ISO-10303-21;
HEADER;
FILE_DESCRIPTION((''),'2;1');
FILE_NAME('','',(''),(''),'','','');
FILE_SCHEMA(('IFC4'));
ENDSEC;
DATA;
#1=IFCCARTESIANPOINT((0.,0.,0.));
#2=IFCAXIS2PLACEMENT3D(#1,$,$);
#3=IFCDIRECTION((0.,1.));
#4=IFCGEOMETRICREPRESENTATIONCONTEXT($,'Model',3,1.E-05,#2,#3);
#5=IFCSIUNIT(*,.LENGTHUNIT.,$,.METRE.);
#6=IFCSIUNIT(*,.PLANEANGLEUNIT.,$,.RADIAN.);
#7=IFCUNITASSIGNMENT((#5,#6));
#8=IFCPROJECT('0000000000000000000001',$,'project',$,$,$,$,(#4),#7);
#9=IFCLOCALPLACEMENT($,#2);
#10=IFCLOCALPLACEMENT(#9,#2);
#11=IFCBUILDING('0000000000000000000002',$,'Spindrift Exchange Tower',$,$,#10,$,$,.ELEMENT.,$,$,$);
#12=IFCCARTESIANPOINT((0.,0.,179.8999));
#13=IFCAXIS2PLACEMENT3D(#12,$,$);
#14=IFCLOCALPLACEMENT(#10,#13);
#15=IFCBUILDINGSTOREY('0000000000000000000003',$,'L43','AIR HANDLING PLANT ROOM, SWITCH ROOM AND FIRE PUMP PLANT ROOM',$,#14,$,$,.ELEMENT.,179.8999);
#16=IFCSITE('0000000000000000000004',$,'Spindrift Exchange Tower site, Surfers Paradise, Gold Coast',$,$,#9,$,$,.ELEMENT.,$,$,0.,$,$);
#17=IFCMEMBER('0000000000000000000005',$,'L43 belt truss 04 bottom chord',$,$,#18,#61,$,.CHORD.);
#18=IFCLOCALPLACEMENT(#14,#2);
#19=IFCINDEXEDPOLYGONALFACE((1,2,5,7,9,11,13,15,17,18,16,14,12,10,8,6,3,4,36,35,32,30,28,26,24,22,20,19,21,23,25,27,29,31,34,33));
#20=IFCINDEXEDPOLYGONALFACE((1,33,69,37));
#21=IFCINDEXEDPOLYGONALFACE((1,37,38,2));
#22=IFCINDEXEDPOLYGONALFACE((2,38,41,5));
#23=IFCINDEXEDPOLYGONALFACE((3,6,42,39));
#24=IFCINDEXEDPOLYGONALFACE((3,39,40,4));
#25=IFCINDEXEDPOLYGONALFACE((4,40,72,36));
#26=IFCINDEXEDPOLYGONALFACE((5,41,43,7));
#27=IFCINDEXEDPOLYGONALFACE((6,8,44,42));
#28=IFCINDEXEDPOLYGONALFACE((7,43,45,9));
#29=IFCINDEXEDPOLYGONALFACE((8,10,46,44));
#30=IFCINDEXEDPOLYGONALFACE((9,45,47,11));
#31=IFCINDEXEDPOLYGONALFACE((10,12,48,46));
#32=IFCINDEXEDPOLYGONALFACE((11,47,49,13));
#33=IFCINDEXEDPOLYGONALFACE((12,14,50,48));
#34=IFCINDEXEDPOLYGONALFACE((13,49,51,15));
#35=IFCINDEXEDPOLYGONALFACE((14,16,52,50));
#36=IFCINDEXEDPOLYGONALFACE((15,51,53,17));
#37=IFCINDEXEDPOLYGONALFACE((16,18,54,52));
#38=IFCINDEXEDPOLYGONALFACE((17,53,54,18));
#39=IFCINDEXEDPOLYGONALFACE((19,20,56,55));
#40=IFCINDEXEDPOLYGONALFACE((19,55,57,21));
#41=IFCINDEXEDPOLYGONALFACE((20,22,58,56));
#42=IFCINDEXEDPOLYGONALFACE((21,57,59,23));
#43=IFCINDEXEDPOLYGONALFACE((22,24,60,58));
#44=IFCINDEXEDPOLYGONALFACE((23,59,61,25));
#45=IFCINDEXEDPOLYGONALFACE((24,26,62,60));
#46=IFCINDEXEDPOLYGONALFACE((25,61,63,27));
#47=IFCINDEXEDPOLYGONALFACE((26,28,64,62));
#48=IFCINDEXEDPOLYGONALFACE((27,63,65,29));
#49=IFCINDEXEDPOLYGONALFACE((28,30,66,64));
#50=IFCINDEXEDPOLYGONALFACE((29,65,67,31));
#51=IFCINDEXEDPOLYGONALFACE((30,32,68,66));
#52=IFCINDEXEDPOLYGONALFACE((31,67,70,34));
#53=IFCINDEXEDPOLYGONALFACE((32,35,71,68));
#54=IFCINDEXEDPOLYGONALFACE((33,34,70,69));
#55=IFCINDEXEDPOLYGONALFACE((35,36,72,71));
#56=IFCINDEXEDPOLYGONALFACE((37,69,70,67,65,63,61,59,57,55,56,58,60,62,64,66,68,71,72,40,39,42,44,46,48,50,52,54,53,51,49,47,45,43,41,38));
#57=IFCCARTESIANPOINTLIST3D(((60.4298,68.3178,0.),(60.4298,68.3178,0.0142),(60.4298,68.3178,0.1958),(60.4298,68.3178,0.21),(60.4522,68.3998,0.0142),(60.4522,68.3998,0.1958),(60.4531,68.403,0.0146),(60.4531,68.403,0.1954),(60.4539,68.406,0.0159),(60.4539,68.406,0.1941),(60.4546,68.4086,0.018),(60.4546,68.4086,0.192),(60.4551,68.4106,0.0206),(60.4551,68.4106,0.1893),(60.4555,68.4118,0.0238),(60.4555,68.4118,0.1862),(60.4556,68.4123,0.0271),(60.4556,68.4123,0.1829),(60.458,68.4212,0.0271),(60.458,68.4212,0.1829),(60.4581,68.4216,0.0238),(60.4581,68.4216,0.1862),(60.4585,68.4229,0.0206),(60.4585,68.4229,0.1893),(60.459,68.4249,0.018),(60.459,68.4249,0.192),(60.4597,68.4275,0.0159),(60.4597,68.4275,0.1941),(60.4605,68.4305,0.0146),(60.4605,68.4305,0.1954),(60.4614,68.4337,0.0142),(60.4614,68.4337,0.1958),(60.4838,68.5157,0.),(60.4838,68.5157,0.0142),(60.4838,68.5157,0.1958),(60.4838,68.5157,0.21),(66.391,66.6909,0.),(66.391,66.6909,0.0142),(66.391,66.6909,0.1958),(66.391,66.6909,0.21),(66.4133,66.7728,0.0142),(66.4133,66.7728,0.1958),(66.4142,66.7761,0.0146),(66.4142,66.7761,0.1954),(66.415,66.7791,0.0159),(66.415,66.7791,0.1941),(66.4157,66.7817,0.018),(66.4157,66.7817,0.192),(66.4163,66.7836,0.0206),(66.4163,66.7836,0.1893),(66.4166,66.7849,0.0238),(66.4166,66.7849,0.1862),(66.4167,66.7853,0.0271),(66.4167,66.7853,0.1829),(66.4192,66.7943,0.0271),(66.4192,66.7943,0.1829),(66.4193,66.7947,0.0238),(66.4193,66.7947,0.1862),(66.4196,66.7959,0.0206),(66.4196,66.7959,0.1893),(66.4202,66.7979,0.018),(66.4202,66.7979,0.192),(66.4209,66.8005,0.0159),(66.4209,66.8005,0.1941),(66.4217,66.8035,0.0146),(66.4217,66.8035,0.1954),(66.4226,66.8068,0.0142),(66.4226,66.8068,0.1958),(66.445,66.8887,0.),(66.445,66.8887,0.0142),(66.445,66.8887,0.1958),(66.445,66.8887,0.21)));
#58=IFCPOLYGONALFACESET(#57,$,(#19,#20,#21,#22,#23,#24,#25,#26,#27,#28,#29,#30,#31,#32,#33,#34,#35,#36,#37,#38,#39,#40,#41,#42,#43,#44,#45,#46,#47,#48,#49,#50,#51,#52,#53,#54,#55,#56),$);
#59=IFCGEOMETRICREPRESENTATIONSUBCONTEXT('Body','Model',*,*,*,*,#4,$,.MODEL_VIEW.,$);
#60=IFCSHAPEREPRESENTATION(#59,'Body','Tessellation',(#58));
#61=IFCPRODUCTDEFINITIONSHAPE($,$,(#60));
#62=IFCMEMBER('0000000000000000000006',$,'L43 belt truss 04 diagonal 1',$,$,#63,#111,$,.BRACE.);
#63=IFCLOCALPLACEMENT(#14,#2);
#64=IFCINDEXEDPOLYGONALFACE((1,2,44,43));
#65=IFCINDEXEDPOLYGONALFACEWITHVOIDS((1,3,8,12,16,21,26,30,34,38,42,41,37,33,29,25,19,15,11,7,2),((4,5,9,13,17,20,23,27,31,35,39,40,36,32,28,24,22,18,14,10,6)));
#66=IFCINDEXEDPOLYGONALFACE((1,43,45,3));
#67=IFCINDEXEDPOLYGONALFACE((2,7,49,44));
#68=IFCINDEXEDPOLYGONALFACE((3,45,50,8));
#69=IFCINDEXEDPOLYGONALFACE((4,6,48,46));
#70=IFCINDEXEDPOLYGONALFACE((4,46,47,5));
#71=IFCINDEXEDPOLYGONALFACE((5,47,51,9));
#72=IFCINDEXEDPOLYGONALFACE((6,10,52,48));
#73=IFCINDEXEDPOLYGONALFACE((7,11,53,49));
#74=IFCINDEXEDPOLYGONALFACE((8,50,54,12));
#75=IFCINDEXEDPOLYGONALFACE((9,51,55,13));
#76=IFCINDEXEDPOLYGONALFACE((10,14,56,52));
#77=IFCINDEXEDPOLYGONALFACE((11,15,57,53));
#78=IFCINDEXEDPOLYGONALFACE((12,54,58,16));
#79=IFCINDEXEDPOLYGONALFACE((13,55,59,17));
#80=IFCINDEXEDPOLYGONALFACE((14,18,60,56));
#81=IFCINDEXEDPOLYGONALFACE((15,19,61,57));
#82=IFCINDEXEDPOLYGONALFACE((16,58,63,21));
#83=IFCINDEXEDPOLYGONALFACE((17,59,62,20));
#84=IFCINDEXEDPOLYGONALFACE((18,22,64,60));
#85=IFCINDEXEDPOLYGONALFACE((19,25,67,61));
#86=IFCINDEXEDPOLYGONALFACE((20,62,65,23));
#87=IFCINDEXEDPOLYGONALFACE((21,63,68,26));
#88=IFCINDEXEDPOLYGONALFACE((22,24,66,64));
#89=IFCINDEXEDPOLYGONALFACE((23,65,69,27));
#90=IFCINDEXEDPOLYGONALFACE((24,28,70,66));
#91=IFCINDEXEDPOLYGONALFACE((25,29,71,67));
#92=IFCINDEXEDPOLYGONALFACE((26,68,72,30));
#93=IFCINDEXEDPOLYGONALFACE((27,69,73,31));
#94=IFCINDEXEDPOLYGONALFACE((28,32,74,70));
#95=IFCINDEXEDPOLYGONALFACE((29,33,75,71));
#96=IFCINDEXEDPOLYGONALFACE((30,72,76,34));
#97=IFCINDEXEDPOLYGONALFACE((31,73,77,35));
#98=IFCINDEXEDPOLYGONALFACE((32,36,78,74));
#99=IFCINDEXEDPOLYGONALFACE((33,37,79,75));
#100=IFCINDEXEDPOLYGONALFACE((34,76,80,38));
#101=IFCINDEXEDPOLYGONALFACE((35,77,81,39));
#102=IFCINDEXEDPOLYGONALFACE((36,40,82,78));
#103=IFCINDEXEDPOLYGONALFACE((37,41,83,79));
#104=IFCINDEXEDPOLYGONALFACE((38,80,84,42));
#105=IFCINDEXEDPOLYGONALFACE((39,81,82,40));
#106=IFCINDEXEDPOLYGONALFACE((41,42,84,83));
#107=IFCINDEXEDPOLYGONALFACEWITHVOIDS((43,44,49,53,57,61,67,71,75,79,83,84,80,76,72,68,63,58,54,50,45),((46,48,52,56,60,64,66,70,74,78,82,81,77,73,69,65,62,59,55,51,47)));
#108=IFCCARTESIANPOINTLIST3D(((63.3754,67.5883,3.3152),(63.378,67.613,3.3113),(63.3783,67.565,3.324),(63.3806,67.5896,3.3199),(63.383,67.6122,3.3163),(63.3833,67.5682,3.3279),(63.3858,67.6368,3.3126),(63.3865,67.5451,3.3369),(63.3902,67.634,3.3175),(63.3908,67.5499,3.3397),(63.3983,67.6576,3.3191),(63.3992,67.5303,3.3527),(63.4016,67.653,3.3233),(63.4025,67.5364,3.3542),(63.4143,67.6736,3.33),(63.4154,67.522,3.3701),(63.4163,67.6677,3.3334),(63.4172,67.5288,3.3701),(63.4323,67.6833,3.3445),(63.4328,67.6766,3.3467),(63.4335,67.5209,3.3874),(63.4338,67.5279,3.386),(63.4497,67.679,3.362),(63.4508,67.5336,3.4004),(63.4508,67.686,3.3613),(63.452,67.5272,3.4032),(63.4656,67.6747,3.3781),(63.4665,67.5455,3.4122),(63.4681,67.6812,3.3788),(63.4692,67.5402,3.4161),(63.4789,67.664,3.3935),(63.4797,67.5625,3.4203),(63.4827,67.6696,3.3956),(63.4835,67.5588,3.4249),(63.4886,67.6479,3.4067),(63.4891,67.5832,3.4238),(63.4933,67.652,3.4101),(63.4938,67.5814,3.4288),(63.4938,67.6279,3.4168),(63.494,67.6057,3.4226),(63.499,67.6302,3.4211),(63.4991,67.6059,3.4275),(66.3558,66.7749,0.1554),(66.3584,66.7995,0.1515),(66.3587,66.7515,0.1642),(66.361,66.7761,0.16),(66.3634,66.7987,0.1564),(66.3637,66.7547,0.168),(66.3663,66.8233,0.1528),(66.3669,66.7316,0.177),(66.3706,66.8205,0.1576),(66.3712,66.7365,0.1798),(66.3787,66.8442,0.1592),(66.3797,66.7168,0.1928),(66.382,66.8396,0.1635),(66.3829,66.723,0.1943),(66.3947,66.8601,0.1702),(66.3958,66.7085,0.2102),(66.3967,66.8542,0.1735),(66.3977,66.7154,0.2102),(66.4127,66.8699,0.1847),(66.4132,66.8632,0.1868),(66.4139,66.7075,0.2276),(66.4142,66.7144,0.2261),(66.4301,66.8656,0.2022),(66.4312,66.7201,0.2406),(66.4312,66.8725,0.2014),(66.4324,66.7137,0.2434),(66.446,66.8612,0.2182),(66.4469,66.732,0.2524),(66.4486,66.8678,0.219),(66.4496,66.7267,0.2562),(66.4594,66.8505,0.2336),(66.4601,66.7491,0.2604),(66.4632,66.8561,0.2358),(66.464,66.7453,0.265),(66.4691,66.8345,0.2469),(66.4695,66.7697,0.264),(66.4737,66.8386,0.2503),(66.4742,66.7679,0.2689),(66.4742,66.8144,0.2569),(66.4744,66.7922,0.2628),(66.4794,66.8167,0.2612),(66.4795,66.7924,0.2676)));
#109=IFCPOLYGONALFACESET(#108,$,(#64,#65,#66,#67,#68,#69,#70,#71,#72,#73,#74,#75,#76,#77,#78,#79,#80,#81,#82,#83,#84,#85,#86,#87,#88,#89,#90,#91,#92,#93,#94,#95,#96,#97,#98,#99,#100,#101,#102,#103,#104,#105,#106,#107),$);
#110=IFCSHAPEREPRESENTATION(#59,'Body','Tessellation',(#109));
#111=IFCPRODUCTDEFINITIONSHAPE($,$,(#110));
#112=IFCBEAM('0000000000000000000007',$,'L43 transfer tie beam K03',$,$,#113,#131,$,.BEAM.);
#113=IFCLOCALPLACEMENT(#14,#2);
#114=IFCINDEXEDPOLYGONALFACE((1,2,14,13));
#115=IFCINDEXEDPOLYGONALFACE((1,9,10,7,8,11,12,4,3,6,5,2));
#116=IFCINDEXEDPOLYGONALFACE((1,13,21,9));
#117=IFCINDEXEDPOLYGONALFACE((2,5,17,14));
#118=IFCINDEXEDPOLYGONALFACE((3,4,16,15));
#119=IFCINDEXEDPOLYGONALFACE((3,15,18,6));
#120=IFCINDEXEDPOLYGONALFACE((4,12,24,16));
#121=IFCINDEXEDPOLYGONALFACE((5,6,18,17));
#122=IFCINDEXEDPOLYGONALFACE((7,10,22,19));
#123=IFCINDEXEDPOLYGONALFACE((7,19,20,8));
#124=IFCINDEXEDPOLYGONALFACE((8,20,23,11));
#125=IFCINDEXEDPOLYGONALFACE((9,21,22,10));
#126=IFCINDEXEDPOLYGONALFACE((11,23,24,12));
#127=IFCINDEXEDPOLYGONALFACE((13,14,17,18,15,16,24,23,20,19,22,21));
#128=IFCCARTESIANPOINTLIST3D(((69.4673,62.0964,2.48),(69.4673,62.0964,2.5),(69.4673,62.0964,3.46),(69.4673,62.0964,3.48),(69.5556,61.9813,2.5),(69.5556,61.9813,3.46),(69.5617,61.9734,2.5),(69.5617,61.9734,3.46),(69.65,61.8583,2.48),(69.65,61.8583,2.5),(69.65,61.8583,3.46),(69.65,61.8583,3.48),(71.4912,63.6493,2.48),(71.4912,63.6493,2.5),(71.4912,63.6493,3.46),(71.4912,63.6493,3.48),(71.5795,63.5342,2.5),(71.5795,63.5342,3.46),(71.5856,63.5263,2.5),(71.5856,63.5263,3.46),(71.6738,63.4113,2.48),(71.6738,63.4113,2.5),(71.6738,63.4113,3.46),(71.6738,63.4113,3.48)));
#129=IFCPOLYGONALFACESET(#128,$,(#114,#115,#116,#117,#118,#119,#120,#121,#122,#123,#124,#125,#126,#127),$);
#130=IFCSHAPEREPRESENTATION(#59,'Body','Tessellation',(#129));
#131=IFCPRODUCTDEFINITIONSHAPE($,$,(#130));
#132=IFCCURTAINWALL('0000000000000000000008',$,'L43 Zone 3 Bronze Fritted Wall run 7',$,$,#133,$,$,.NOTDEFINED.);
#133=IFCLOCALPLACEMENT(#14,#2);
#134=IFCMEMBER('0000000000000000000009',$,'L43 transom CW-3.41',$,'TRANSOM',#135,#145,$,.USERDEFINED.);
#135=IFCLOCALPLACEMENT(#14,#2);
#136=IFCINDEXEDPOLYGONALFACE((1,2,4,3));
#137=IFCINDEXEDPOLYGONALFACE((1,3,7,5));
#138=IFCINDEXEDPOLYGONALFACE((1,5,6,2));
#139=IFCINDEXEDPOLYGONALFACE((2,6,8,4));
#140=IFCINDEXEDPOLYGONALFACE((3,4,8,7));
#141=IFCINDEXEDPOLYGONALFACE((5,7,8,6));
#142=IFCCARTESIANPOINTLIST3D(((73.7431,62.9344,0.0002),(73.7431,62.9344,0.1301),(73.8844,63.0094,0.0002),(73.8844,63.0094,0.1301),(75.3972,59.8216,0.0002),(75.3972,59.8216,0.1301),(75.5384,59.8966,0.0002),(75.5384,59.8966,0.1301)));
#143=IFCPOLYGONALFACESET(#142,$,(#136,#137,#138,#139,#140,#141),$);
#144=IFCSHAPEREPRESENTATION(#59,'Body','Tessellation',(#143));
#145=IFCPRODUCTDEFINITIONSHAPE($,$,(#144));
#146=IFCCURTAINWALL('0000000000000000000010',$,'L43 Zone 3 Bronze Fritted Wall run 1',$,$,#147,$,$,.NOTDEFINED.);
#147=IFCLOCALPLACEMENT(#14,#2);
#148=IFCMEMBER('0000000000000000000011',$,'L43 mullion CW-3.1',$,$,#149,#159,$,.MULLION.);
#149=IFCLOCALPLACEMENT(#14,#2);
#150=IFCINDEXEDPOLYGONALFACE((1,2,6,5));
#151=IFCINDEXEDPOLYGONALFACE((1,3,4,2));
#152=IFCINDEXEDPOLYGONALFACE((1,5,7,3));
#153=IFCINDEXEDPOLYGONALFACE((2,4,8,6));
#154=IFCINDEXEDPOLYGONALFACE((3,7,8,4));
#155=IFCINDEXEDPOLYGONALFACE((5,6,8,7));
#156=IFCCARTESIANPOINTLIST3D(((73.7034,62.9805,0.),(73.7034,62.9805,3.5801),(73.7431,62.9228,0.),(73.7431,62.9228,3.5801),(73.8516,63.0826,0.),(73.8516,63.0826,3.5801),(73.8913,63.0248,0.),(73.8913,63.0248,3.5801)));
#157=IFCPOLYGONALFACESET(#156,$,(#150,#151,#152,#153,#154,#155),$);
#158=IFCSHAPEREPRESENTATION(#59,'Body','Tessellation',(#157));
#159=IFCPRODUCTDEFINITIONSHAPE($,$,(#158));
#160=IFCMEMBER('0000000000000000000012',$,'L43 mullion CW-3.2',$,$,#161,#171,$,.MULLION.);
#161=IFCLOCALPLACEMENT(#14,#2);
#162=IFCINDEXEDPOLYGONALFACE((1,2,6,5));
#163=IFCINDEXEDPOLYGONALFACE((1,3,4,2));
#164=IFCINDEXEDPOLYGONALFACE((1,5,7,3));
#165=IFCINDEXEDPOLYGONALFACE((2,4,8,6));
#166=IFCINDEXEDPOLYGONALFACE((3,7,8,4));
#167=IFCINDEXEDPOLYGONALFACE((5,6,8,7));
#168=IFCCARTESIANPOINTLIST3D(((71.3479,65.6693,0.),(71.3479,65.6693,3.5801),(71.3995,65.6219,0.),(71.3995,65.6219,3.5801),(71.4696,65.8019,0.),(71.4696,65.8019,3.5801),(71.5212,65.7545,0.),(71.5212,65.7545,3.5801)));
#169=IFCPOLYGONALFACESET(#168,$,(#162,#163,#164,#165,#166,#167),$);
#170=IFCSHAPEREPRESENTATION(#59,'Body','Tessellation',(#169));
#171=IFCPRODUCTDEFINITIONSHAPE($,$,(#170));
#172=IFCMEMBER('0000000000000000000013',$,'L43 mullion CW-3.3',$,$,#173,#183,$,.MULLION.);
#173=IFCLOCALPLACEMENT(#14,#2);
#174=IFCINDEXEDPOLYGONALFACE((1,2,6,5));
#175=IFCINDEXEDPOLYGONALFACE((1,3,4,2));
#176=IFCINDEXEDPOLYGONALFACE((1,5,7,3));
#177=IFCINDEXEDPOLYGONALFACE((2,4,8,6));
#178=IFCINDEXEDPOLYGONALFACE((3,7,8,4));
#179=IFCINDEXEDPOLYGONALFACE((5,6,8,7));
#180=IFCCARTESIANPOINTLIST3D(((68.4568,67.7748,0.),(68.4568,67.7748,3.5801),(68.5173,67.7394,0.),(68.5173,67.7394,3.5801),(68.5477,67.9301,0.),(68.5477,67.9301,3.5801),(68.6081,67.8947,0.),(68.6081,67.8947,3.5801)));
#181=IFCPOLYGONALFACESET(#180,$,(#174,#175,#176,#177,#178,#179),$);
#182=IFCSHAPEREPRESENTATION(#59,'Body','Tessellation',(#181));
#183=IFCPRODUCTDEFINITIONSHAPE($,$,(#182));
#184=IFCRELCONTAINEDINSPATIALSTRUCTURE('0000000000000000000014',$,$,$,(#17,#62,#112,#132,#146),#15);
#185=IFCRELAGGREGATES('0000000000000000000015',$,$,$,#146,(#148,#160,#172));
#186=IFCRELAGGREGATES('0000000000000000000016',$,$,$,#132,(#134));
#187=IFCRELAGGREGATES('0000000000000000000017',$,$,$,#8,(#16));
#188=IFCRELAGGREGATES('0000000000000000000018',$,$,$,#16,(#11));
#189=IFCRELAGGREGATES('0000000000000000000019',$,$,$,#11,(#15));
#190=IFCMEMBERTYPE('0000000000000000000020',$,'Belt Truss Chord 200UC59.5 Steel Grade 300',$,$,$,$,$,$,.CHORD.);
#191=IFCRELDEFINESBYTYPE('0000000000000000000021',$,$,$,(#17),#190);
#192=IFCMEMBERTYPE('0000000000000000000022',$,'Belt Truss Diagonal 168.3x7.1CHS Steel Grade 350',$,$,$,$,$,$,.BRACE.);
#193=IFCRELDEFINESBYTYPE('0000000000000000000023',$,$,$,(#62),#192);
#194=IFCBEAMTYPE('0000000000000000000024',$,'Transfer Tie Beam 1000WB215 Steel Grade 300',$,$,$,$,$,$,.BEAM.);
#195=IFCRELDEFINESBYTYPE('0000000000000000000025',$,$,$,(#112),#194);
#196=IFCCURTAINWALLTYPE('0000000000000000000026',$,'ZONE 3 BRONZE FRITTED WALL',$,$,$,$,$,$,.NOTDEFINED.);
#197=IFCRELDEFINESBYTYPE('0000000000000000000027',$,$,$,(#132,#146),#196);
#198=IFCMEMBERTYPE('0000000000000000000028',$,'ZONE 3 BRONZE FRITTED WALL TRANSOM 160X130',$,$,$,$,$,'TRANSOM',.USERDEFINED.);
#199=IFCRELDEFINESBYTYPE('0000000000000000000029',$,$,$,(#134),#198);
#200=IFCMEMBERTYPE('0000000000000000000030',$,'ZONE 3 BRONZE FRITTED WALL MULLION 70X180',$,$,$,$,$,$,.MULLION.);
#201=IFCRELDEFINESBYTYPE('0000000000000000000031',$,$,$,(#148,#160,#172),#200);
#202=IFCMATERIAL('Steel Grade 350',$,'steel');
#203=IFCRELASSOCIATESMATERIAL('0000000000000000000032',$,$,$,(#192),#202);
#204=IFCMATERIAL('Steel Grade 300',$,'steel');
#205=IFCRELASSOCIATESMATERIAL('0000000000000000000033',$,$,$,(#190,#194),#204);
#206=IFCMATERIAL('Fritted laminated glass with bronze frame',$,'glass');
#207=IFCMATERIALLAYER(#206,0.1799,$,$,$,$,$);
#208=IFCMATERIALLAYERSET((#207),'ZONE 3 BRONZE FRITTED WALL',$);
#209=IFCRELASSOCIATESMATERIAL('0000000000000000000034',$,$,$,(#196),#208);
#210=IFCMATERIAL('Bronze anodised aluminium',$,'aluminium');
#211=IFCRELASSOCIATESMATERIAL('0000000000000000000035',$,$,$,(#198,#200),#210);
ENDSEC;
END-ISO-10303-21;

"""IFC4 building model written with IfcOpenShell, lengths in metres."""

from ifc_helpers import new_model, si_unit, direction, frame, origin, origin_2d, place, context, subcontext, project, spatial, rectangle, hollow_circle, i_section, extrude, source, transform, mapped, material, layer, layer_set, material_profile, profile_set, type_object, element, aggregate, save


model = new_model("IFC4")

# Units and contexts
model_context = context("Model", 3, precision=1e-05, world=origin(), true_north=direction((0.0, 1.0)))
body_context = subcontext(model_context, "Body", "Model", "MODEL_VIEW")
ifc_project = project(units=[si_unit("LENGTHUNIT", "METRE"), si_unit("PLANEANGLEUNIT", "RADIAN")], contexts=[model_context])

# Site, building, storey
site_placement = place(None, origin())
site = spatial("IfcSite", under=ifc_project, at=site_placement, Name="Spindrift Exchange Tower site, Surfers Paradise, Gold Coast", CompositionType="ELEMENT", RefElevation=0.0)
building_placement = place(site_placement, origin())
building = spatial("IfcBuilding", under=site, at=building_placement, Name="Spindrift Exchange Tower", CompositionType="ELEMENT")
storey_placement = place(building_placement, frame((0.0, 0.0, 179.8999)))
storey = spatial("IfcBuildingStorey", under=building, at=storey_placement, Name="L43", Description="AIR HANDLING PLANT ROOM, SWITCH ROOM AND FIRE PUMP PLANT ROOM", CompositionType="ELEMENT", Elevation=179.8999)

# Shared definitions
ifc_material_1 = material(Name="Steel Grade 300", Category="steel")

# Members
ifc_material_2 = material(Name="Steel Grade 350", Category="steel")
ifc_material_profile_1 = material_profile(ifc_material_2, hollow_circle(Radius=0.0842, WallThickness=0.0071, at=origin_2d()), Name="168.3x7.1CHS")
ifc_profile_set_1 = profile_set([ifc_material_profile_1], Name="Steel Grade 350")
member_type_1 = type_object("IfcMemberType", Name="Belt Truss Diagonal 168.3x7.1CHS Steel Grade 350", PredefinedType="BRACE", material=ifc_profile_set_1)
ifc_material_profile_2 = material_profile(ifc_material_1, i_section(OverallWidth=0.2051, OverallDepth=0.21, WebThickness=0.0093, FlangeThickness=0.0142, FilletRadius=0.0129, at=origin_2d()), Name="200UC59.5")
ifc_profile_set_2 = profile_set([ifc_material_profile_2], Name="Steel Grade 300")
member_type_2 = type_object("IfcMemberType", Name="Belt Truss Chord 200UC59.5 Steel Grade 300", PredefinedType="CHORD", material=ifc_profile_set_2)
shared_shape_1 = source(origin(), body_context, "Body", "SweptSolid", [
    extrude(i_section(OverallWidth=0.2051, OverallDepth=0.21, WebThickness=0.0093, FlangeThickness=0.0142, FilletRadius=0.0129, at=origin_2d()), origin(), (0.0, 0.0, 1.0), 6.1792),
])
for number, where, z_axis, x_axis, name in (
    (1, (66.418, 66.7898, 0.105), (-0.964715, 0.263295, 0.0), (-0.263295, -0.964715, 0.0), "L43 belt truss 04 bottom chord"),
):
    element("IfcMember", number, at=place(storey_placement, frame(where, z_axis=z_axis, x_axis=x_axis)), inside=storey, type_object=member_type_2, Name=name, PredefinedType="CHORD", context=body_context, shape_type="MappedRepresentation", body=[
        mapped(shared_shape_1, transform((0.0, 0.0, 0.0), scale=1.0)),
    ])
shared_shape_2 = source(origin(), body_context, "Body", "SweptSolid", [
    extrude(hollow_circle(Radius=0.0842, WallThickness=0.0071, at=origin_2d()), origin(), (0.0, 0.0, 1.0), 4.4192),
])
member_1_placement = place(storey_placement, frame((66.418, 66.7898, 0.2102), z_axis=(-0.674425, 0.184075, 0.71503), x_axis=(-0.263305, -0.964713, 0.0)))
element("IfcMember", 2, at=member_1_placement, inside=storey, type_object=member_type_1, Name="L43 belt truss 04 diagonal 1", PredefinedType="BRACE", context=body_context, shape_type="MappedRepresentation", body=[
    mapped(shared_shape_2, transform((0.0, 0.0, 0.0), scale=1.0)),
])

# Beam
ifc_material_profile_3 = material_profile(ifc_material_1, i_section(OverallWidth=0.3, OverallDepth=1.0, WebThickness=0.01, FlangeThickness=0.02, at=origin_2d()), Name="1000WB215")
ifc_profile_set_3 = profile_set([ifc_material_profile_3], Name="Steel Grade 300")
beam_type_1 = type_object("IfcBeamType", Name="Transfer Tie Beam 1000WB215 Steel Grade 300", PredefinedType="BEAM", material=ifc_profile_set_3)
shared_shape_3 = source(origin(), body_context, "Body", "SweptSolid", [
    extrude(i_section(OverallWidth=0.3, OverallDepth=1.0, WebThickness=0.01, FlangeThickness=0.02, at=origin_2d()), origin(), (0.0, 0.0, 1.0), 2.551),
])
beam_1_placement = place(storey_placement, frame((71.5825, 63.5303, 2.98), z_axis=(-0.79336, -0.608753, 0.0), x_axis=(0.608753, -0.79336, 0.0)))
element("IfcBeam", 3, at=beam_1_placement, inside=storey, type_object=beam_type_1, Name="L43 transfer tie beam K03", PredefinedType="BEAM", context=body_context, shape_type="MappedRepresentation", body=[
    mapped(shared_shape_3, transform((0.0, 0.0, 0.0), scale=1.0)),
])

# Curtain wall, member
ifc_material_3 = material(Name="Fritted laminated glass with bronze frame", Category="glass")
ifc_layer_1 = layer(ifc_material_3, 0.1799)
ifc_layer_set_1 = layer_set([ifc_layer_1], Name="ZONE 3 BRONZE FRITTED WALL")
curtain_wall_type = type_object("IfcCurtainWallType", Name="ZONE 3 BRONZE FRITTED WALL", PredefinedType="NOTDEFINED", material=ifc_layer_set_1)
curtain_wall_1_placement = place(storey_placement, origin())
curtain_wall_1 = element("IfcCurtainWall", 4, at=curtain_wall_1_placement, inside=storey, type_object=curtain_wall_type, Name="L43 Zone 3 Bronze Fritted Wall run 7", PredefinedType="NOTDEFINED")
ifc_material_4 = material(Name="Bronze anodised aluminium", Category="aluminium")
ifc_material_profile_4 = material_profile(ifc_material_4, rectangle(XDim=0.1599, YDim=0.1299, at=origin_2d()), Name="ZONE 3 BRONZE FRITTED WALL TRANSOM 160X130")
ifc_profile_set_4 = profile_set([ifc_material_profile_4], Name="Bronze anodised aluminium")
member_type_3 = type_object("IfcMemberType", Name="ZONE 3 BRONZE FRITTED WALL TRANSOM 160X130", ElementType="TRANSOM", PredefinedType="USERDEFINED", material=ifc_profile_set_4)
shared_shape_4 = source(origin(), body_context, "Body", "SweptSolid", [
    extrude(rectangle(XDim=0.1599, YDim=0.1299, at=origin_2d()), origin(), (0.0, 0.0, 1.0), 3.5249),
])
member_2_placement = place(storey_placement, frame((75.4678, 59.8591, 0.0652), z_axis=(-0.46924, 0.883071, 0.0), x_axis=(-0.883071, -0.46924, 0.0)))
member_2 = element("IfcMember", 5, at=member_2_placement, type_object=member_type_3, Name="L43 transom CW-3.41", ObjectType="TRANSOM", PredefinedType="USERDEFINED", context=body_context, shape_type="MappedRepresentation", body=[
    mapped(shared_shape_4, transform((0.0, 0.0, 0.0), scale=1.0)),
])

# Curtain wall, members
curtain_wall_2_placement = place(storey_placement, origin())
curtain_wall_2 = element("IfcCurtainWall", 6, at=curtain_wall_2_placement, inside=storey, type_object=curtain_wall_type, Name="L43 Zone 3 Bronze Fritted Wall run 1", PredefinedType="NOTDEFINED")
ifc_material_profile_5 = material_profile(ifc_material_4, rectangle(XDim=0.0701, YDim=0.1799, at=origin_2d()), Name="ZONE 3 BRONZE FRITTED WALL MULLION 70X180")
ifc_profile_set_5 = profile_set([ifc_material_profile_5], Name="Bronze anodised aluminium")
member_type_4 = type_object("IfcMemberType", Name="ZONE 3 BRONZE FRITTED WALL MULLION 70X180", PredefinedType="MULLION", material=ifc_profile_set_5)
shared_shape_5 = source(origin(), body_context, "Body", "SweptSolid", [
    extrude(rectangle(XDim=0.0701, YDim=0.1799, at=origin_2d()), origin(), (0.0, 0.0, 1.0), 3.5801),
])
member_3_placement = place(storey_placement, frame((73.7974, 63.0027, 0.0), z_axis=(0.0, 0.0, 1.0), x_axis=(-0.566967, 0.82374, 0.0)))
member_3 = element("IfcMember", 7, at=member_3_placement, type_object=member_type_4, Name="L43 mullion CW-3.1", PredefinedType="MULLION", context=body_context, shape_type="MappedRepresentation", body=[
    mapped(shared_shape_5, transform((0.0, 0.0, 0.0), scale=1.0)),
])
member_4_placement = place(storey_placement, frame((71.4346, 65.7119, 0.0), z_axis=(0.0, 0.0, 1.0), x_axis=(-0.736749, 0.676167, 0.0)))
member_4 = element("IfcMember", 8, at=member_4_placement, type_object=member_type_4, Name="L43 mullion CW-3.2", PredefinedType="MULLION", context=body_context, shape_type="MappedRepresentation", body=[
    mapped(shared_shape_5, transform((0.0, 0.0, 0.0), scale=1.0)),
])
member_5_placement = place(storey_placement, frame((68.5325, 67.8347, 0.0), z_axis=(0.0, 0.0, 1.0), x_axis=(-0.863144, 0.504957, 0.0)))
member_5 = element("IfcMember", 9, at=member_5_placement, type_object=member_type_4, Name="L43 mullion CW-3.3", PredefinedType="MULLION", context=body_context, shape_type="MappedRepresentation", body=[
    mapped(shared_shape_5, transform((0.0, 0.0, 0.0), scale=1.0)),
])
aggregate(curtain_wall_2, [member_3, member_4, member_5])

aggregate(curtain_wall_1, [member_2])

save(model, "model.ifc")
